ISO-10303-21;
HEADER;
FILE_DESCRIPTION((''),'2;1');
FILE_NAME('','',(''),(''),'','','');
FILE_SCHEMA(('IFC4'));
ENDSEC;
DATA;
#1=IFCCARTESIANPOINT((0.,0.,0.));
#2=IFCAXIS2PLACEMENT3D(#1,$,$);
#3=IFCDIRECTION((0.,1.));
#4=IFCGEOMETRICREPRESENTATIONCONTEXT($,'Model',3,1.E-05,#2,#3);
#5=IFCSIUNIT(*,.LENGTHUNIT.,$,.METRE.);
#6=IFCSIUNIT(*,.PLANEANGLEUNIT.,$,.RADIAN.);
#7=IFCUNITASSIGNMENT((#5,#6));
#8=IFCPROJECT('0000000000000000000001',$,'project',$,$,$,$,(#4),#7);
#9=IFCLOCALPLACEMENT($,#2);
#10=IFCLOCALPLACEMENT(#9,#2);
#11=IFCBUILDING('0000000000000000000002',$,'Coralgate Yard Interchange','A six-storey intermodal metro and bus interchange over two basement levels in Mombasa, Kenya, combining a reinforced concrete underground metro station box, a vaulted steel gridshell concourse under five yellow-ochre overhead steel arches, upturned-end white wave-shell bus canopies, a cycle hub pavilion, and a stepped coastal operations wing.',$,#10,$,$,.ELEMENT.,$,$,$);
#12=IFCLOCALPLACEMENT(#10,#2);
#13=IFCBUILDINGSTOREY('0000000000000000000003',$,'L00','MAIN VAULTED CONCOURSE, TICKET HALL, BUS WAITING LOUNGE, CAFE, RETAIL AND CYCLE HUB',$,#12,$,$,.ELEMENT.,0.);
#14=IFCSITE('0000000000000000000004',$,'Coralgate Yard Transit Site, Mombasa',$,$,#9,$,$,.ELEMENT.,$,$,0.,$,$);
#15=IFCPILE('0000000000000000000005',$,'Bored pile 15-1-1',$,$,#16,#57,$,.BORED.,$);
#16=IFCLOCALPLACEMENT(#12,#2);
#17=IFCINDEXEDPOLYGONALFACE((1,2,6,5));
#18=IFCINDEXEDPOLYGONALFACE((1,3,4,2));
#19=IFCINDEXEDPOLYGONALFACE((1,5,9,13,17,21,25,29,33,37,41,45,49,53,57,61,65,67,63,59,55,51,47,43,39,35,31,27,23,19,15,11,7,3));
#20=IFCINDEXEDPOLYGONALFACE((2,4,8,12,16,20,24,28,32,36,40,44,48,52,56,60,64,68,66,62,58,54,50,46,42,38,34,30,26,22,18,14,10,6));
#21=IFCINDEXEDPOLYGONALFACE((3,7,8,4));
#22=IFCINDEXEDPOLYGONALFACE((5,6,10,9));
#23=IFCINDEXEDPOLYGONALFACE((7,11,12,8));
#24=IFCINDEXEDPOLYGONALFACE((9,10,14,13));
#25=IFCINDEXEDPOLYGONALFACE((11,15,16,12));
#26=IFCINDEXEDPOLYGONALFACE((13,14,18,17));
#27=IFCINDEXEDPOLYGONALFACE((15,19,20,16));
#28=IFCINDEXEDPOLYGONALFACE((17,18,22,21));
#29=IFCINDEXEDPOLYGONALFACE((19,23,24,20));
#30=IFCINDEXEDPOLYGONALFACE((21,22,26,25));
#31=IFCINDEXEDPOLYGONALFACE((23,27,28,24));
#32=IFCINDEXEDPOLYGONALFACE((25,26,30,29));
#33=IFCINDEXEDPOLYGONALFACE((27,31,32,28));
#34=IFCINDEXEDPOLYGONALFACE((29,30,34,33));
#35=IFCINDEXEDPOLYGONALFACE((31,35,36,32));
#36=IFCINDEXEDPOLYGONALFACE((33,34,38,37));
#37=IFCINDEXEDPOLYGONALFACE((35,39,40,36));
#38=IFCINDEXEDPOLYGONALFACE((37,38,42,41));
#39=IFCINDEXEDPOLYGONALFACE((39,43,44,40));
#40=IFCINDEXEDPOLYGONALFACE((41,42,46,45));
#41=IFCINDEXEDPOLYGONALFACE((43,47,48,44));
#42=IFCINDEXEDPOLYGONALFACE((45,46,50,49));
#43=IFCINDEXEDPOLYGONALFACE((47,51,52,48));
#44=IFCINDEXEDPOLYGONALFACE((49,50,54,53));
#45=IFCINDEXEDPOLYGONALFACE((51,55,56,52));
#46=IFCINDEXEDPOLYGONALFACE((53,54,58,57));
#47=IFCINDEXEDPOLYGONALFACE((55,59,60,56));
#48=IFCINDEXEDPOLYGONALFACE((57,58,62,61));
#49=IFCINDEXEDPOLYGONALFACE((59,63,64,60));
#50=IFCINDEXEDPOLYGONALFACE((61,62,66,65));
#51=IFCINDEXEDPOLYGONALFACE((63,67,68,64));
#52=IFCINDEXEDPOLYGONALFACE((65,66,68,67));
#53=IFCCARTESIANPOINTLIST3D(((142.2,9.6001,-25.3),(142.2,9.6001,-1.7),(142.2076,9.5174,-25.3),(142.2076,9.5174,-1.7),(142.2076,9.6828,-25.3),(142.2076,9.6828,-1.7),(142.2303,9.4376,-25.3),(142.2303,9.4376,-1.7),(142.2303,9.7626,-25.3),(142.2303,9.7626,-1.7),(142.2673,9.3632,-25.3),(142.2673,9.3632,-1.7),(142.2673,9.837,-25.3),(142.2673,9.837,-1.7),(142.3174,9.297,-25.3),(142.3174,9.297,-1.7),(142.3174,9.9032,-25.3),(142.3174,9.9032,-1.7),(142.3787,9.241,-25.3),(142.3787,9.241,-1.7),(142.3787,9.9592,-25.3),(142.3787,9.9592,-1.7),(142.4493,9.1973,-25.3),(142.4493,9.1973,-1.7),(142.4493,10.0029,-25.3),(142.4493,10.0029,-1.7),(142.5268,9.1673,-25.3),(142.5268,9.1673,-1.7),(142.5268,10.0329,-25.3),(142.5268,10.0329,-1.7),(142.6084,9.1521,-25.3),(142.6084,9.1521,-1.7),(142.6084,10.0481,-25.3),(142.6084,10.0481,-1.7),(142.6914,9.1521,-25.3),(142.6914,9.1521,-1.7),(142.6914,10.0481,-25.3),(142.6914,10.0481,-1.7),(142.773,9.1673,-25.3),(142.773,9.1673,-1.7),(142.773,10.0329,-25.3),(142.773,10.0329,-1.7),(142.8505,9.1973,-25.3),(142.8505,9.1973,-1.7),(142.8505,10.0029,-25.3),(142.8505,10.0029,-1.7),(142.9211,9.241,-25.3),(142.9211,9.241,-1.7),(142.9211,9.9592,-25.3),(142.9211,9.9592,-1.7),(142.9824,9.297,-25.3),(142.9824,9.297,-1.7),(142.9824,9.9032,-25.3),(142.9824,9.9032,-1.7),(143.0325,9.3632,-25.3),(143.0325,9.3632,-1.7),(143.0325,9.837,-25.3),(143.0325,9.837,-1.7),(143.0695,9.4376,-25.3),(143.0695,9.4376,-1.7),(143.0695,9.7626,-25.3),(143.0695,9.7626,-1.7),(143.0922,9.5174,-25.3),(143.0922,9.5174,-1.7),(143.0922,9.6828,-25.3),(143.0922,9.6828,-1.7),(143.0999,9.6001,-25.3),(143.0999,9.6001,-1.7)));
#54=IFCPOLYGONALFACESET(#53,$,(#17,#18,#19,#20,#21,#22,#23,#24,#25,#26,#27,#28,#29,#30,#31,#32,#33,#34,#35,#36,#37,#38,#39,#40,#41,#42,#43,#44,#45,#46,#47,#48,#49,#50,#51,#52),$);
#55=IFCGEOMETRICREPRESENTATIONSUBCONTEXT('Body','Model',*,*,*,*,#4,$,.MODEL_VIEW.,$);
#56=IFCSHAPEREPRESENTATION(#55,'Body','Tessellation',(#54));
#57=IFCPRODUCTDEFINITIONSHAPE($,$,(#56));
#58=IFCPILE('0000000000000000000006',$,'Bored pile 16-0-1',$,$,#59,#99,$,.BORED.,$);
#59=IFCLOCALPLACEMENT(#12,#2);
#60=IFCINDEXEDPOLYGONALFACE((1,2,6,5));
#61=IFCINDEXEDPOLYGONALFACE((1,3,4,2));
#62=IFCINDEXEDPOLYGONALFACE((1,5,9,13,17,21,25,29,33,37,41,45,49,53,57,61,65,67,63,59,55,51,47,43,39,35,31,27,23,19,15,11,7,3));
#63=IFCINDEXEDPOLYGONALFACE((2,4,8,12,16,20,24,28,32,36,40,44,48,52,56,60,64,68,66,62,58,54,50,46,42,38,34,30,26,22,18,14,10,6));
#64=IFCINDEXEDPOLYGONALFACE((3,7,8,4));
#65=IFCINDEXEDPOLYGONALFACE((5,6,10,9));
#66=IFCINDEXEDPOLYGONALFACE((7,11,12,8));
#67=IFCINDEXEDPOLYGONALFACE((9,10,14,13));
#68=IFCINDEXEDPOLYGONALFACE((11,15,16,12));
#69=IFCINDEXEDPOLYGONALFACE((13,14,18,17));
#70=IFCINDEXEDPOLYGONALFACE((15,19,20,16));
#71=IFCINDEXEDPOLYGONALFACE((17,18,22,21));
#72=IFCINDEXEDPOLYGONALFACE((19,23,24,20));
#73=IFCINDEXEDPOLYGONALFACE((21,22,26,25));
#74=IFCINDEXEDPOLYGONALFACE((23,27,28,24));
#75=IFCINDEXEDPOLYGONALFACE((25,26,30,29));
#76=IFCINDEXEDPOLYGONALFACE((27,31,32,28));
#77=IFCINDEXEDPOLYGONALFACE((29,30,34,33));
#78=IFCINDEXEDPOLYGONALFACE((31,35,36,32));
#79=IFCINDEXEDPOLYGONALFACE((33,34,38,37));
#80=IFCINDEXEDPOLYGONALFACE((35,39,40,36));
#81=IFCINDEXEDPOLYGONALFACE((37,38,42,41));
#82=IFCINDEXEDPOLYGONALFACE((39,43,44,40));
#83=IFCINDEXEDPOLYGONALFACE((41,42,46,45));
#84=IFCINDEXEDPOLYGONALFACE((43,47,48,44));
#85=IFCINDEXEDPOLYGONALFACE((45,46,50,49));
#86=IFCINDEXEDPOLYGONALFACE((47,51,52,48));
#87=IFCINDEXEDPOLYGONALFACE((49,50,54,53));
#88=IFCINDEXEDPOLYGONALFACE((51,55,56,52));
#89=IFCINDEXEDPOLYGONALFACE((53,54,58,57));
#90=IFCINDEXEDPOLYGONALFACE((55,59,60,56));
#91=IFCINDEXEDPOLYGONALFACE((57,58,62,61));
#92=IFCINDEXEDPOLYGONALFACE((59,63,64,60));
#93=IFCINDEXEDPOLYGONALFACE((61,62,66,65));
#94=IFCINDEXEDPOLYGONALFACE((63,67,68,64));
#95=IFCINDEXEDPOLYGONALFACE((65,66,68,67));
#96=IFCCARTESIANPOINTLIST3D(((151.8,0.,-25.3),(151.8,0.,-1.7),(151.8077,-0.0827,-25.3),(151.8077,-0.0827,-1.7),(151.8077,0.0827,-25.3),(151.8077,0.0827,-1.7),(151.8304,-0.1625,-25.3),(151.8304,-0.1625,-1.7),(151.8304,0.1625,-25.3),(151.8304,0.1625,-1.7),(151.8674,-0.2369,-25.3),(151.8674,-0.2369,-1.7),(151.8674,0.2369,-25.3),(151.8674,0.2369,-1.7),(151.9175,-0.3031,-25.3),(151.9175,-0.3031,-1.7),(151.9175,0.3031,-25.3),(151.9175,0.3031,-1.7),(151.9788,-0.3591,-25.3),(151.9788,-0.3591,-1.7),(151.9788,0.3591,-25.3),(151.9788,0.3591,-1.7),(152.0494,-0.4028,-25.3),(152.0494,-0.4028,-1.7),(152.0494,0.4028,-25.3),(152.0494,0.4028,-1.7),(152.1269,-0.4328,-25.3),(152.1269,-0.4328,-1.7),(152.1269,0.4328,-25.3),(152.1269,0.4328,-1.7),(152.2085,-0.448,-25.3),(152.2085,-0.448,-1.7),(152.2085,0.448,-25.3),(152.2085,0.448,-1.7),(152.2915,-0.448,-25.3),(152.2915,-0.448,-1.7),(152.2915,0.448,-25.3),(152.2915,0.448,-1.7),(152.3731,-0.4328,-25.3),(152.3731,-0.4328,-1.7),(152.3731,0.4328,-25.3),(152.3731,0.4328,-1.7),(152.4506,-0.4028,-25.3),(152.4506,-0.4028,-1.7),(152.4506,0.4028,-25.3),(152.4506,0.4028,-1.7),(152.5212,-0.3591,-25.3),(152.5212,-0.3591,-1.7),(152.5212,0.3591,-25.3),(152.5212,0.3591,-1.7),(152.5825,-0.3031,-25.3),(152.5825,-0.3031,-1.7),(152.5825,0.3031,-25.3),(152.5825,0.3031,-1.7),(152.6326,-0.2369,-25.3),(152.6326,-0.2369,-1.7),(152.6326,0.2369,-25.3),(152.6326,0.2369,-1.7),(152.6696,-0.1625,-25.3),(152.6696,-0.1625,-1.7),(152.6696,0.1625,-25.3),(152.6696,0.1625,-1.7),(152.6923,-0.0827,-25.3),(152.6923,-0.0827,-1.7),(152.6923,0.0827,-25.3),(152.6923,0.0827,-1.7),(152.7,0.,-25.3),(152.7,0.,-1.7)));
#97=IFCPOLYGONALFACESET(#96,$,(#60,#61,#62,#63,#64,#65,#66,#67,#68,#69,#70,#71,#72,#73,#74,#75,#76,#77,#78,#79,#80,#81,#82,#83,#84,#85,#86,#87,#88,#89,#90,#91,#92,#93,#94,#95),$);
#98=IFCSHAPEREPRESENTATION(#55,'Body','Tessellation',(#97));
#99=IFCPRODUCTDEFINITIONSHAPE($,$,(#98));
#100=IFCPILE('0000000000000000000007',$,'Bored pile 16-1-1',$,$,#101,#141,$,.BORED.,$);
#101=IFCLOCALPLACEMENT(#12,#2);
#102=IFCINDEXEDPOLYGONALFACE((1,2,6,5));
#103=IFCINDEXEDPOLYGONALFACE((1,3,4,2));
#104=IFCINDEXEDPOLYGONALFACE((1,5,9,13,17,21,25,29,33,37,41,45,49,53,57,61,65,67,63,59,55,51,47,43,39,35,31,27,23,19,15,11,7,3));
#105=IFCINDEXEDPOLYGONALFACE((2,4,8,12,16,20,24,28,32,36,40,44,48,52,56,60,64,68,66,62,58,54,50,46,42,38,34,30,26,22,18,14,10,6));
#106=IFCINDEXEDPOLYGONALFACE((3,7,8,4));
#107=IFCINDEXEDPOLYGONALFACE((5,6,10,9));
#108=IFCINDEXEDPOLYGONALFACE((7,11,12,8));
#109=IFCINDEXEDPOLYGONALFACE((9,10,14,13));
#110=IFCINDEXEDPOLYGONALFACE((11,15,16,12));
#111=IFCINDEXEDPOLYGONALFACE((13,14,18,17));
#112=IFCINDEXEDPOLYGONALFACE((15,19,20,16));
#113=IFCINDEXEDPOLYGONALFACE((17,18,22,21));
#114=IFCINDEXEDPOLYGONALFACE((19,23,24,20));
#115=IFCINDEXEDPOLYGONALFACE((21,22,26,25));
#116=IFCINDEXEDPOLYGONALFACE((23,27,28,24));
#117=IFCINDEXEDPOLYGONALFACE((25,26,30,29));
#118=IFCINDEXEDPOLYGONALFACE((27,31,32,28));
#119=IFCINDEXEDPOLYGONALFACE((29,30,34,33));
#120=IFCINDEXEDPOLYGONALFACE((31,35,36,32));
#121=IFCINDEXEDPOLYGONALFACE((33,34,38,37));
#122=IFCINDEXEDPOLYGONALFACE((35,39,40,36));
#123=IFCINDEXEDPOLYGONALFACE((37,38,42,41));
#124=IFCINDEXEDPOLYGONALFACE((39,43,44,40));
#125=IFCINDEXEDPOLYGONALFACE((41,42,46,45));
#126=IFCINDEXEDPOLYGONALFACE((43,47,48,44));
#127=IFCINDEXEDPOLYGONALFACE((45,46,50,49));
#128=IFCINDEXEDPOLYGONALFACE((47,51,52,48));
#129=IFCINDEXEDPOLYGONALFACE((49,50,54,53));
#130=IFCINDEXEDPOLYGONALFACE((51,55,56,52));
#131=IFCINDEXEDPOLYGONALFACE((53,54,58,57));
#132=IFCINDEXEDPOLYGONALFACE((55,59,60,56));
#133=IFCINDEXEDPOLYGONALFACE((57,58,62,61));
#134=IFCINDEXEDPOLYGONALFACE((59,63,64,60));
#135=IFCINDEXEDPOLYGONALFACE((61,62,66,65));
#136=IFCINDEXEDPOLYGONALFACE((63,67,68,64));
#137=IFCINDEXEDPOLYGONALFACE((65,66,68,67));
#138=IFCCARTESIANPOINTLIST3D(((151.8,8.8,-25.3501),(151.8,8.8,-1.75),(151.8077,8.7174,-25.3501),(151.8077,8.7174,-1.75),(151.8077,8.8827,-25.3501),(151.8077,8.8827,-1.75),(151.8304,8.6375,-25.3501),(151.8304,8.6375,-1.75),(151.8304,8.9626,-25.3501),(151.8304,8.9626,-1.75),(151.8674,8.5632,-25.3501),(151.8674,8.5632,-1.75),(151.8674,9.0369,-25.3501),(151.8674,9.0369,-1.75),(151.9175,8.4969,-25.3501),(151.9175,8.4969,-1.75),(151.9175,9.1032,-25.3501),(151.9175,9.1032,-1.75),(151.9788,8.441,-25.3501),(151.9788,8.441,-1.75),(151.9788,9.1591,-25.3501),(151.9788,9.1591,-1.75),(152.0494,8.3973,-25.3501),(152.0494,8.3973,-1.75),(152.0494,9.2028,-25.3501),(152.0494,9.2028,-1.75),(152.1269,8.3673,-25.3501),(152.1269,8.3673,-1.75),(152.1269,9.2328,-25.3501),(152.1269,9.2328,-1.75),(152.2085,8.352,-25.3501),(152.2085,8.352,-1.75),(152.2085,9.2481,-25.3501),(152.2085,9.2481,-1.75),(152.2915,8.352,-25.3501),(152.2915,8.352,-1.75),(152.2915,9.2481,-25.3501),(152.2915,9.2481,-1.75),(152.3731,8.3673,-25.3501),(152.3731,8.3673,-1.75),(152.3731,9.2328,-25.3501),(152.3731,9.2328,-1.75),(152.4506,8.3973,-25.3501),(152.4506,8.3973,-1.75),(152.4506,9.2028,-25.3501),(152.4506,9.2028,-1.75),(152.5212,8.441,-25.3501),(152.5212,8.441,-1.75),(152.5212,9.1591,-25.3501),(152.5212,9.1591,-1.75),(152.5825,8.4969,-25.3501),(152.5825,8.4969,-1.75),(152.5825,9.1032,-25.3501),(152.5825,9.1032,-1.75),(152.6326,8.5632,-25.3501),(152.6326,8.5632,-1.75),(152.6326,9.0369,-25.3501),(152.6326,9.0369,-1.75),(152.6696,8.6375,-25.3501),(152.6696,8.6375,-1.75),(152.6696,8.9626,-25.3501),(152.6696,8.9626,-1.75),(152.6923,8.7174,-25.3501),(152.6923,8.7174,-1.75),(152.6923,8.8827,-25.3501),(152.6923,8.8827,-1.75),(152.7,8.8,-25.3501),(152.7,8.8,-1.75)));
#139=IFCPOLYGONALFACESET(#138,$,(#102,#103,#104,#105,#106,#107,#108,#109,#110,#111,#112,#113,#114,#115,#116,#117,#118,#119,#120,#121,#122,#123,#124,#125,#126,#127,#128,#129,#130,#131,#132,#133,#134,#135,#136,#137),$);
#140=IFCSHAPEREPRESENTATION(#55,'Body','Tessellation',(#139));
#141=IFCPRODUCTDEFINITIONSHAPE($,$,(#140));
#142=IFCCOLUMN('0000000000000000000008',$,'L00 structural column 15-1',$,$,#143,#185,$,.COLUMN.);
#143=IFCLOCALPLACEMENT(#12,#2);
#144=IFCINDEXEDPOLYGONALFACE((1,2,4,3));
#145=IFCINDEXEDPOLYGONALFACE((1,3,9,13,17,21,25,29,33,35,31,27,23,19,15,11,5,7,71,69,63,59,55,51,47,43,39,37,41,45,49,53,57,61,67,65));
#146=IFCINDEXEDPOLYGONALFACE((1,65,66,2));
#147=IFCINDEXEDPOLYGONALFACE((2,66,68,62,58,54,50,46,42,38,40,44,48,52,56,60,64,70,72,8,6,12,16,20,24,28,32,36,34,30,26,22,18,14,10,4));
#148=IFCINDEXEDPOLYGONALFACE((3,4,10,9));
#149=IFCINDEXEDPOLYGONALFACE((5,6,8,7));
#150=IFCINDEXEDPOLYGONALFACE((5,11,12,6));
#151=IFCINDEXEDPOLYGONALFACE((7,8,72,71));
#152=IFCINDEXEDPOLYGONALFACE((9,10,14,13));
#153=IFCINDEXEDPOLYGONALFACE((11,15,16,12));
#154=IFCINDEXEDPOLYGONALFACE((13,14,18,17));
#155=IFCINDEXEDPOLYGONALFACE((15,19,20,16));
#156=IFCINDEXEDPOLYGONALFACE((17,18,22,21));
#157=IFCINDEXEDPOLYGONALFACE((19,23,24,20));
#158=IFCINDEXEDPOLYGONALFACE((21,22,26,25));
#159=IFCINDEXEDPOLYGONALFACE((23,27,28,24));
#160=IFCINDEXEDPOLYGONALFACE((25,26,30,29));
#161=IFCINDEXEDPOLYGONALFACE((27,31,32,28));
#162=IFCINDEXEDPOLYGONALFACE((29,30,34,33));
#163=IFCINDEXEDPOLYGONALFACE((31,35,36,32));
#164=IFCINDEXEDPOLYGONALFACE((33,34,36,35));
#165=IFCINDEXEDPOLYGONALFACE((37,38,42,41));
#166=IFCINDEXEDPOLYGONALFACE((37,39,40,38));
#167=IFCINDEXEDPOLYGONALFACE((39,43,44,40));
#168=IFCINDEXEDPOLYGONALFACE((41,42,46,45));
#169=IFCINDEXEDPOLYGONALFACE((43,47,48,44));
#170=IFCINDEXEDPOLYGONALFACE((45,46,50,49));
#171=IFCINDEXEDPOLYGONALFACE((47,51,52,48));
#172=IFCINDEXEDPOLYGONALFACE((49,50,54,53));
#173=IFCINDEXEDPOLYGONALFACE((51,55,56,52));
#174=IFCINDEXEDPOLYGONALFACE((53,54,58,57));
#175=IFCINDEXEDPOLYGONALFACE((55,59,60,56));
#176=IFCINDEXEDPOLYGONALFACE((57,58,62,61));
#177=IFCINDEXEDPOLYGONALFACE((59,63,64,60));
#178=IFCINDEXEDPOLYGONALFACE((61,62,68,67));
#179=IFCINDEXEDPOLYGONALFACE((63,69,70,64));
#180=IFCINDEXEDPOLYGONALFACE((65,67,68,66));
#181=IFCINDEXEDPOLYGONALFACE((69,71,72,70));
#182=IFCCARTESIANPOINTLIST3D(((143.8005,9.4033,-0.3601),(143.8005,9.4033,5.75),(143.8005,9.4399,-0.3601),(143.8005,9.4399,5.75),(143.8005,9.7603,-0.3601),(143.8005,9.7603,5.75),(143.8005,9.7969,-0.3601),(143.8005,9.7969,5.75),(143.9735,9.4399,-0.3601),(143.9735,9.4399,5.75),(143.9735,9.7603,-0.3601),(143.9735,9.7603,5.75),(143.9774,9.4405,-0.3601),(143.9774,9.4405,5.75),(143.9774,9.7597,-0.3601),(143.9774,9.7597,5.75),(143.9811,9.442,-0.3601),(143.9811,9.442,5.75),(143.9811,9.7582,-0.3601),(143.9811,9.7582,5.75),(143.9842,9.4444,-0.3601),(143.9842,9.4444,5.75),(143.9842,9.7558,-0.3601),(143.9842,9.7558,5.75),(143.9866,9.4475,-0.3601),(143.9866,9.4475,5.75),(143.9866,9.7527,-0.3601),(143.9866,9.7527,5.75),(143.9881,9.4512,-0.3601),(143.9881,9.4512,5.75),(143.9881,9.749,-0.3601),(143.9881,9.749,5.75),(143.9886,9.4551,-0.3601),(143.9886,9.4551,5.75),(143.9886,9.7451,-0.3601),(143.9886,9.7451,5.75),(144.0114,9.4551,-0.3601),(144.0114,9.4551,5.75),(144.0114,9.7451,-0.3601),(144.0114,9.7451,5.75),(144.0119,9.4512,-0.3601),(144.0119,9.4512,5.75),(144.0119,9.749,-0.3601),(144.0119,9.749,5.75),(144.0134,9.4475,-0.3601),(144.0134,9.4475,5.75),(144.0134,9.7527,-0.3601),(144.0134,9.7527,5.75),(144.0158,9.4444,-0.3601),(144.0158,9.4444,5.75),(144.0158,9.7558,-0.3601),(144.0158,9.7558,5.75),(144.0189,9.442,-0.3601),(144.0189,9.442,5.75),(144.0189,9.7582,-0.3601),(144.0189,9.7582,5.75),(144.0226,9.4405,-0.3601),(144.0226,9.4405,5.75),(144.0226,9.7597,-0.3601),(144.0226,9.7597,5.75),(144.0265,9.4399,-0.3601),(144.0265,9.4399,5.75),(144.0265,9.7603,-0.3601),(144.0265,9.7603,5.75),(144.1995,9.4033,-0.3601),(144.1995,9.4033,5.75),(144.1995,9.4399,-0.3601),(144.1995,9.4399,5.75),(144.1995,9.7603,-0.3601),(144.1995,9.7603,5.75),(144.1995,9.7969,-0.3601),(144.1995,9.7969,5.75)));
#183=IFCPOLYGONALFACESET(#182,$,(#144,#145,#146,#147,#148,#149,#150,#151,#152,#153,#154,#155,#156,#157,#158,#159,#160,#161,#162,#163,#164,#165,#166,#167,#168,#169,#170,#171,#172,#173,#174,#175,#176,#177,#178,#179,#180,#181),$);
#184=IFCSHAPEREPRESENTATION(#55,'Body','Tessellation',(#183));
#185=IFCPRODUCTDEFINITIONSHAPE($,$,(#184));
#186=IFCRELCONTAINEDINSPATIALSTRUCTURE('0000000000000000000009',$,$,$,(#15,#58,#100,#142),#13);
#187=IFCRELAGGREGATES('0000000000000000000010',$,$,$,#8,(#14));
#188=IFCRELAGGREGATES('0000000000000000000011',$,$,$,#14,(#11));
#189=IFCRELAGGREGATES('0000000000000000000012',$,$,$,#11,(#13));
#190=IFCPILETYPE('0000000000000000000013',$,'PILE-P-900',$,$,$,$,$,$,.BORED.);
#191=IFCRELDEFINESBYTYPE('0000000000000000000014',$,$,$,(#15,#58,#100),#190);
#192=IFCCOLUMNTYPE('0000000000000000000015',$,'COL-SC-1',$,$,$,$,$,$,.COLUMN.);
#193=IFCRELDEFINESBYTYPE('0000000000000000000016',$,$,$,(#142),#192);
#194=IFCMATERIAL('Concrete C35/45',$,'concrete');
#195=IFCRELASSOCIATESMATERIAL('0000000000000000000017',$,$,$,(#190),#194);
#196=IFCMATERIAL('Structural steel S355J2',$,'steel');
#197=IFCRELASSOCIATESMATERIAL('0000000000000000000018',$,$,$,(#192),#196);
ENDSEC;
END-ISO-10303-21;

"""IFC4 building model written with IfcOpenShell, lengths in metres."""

from ifc_helpers import new_model, si_unit, direction, frame, origin, origin_2d, place, context, subcontext, project, spatial, circle, i_section, extrude, material, material_profile, profile_set, type_object, element, save


model = new_model("IFC4")

# Units and contexts
model_context = context("Model", 3, precision=1e-05, world=origin(), true_north=direction((0.0, 1.0)))
body_context = subcontext(model_context, "Body", "Model", "MODEL_VIEW")
ifc_project = project(units=[si_unit("LENGTHUNIT", "METRE"), si_unit("PLANEANGLEUNIT", "RADIAN")], contexts=[model_context])

# Site, building, storey
site_placement = place(None, origin())
site = spatial("IfcSite", under=ifc_project, at=site_placement, Name="Coralgate Yard Transit Site, Mombasa", CompositionType="ELEMENT", RefElevation=0.0)
building_placement = place(site_placement, origin())
building = spatial("IfcBuilding", under=site, at=building_placement, Name="Coralgate Yard Interchange", Description="A six-storey intermodal metro and bus interchange over two basement levels in Mombasa, Kenya, combining a reinforced concrete underground metro station box, a vaulted steel gridshell concourse under five yellow-ochre overhead steel arches, upturned-end white wave-shell bus canopies, a cycle hub pavilion, and a stepped coastal operations wing.", CompositionType="ELEMENT")
storey_placement = place(building_placement, origin())
storey = spatial("IfcBuildingStorey", under=building, at=storey_placement, Name="L00", Description="MAIN VAULTED CONCOURSE, TICKET HALL, BUS WAITING LOUNGE, CAFE, RETAIL AND CYCLE HUB", CompositionType="ELEMENT", Elevation=0.0)

# Piles
ifc_material_1 = material(Name="Concrete C35/45", Category="concrete")
ifc_material_profile_1 = material_profile(ifc_material_1, circle(Radius=0.45, at=origin_2d()), Name="BORED PILE D900")
ifc_profile_set_1 = profile_set([ifc_material_profile_1], Name="Concrete C35/45")
pile_type = type_object("IfcPileType", Name="PILE-P-900", PredefinedType="BORED", material=ifc_profile_set_1)
for number, where, z_axis, x_axis, name in (
    (1, (142.6499, 9.6001, -1.7), (0.0, 0.0, -1.0), (1.0, 0.0, 0.0), "Bored pile 15-1-1"),
    (2, (152.25, 0.0, -1.7), (0.0, 0.0, -1.0), (1.0, 0.0, 0.0), "Bored pile 16-0-1"),
    (3, (152.25, 8.8, -1.75), (0.0, 0.0, -1.0), (1.0, 0.0, 0.0), "Bored pile 16-1-1"),
):
    element("IfcPile", number, at=place(storey_placement, frame(where, z_axis=z_axis, x_axis=x_axis)), inside=storey, type_object=pile_type, Name=name, PredefinedType="BORED", context=body_context, shape_type="SweptSolid", body=[
        extrude(circle(Radius=0.45, at=origin_2d()), origin(), (0.0, 0.0, 1.0), 23.6001),
    ])

# Column
ifc_material_2 = material(Name="Structural steel S355J2", Category="steel")
ifc_material_profile_2 = material_profile(ifc_material_2, i_section(OverallWidth=0.3989, OverallDepth=0.3936, WebThickness=0.0227, FlangeThickness=0.0366, FilletRadius=0.0151, at=origin_2d()), Name="UC 356x406x287")
ifc_profile_set_2 = profile_set([ifc_material_profile_2], Name="Structural steel S355J2")
column_type_1 = type_object("IfcColumnType", Name="COL-SC-1", PredefinedType="COLUMN", material=ifc_profile_set_2)
column_placement = place(storey_placement, frame((144.0, 9.6001, -0.3601), z_axis=(0.0, 0.0, 1.0), x_axis=(1.0, 0.0, 0.0)))
element("IfcColumn", 4, at=column_placement, inside=storey, type_object=column_type_1, Name="L00 structural column 15-1", PredefinedType="COLUMN", context=body_context, shape_type="SweptSolid", body=[
    extrude(i_section(OverallWidth=0.3989, OverallDepth=0.3936, WebThickness=0.0227, FlangeThickness=0.0366, FilletRadius=0.0151, at=origin_2d()), origin(), (0.0, 0.0, 1.0), 6.1101),
])

save(model, "model.ifc")
